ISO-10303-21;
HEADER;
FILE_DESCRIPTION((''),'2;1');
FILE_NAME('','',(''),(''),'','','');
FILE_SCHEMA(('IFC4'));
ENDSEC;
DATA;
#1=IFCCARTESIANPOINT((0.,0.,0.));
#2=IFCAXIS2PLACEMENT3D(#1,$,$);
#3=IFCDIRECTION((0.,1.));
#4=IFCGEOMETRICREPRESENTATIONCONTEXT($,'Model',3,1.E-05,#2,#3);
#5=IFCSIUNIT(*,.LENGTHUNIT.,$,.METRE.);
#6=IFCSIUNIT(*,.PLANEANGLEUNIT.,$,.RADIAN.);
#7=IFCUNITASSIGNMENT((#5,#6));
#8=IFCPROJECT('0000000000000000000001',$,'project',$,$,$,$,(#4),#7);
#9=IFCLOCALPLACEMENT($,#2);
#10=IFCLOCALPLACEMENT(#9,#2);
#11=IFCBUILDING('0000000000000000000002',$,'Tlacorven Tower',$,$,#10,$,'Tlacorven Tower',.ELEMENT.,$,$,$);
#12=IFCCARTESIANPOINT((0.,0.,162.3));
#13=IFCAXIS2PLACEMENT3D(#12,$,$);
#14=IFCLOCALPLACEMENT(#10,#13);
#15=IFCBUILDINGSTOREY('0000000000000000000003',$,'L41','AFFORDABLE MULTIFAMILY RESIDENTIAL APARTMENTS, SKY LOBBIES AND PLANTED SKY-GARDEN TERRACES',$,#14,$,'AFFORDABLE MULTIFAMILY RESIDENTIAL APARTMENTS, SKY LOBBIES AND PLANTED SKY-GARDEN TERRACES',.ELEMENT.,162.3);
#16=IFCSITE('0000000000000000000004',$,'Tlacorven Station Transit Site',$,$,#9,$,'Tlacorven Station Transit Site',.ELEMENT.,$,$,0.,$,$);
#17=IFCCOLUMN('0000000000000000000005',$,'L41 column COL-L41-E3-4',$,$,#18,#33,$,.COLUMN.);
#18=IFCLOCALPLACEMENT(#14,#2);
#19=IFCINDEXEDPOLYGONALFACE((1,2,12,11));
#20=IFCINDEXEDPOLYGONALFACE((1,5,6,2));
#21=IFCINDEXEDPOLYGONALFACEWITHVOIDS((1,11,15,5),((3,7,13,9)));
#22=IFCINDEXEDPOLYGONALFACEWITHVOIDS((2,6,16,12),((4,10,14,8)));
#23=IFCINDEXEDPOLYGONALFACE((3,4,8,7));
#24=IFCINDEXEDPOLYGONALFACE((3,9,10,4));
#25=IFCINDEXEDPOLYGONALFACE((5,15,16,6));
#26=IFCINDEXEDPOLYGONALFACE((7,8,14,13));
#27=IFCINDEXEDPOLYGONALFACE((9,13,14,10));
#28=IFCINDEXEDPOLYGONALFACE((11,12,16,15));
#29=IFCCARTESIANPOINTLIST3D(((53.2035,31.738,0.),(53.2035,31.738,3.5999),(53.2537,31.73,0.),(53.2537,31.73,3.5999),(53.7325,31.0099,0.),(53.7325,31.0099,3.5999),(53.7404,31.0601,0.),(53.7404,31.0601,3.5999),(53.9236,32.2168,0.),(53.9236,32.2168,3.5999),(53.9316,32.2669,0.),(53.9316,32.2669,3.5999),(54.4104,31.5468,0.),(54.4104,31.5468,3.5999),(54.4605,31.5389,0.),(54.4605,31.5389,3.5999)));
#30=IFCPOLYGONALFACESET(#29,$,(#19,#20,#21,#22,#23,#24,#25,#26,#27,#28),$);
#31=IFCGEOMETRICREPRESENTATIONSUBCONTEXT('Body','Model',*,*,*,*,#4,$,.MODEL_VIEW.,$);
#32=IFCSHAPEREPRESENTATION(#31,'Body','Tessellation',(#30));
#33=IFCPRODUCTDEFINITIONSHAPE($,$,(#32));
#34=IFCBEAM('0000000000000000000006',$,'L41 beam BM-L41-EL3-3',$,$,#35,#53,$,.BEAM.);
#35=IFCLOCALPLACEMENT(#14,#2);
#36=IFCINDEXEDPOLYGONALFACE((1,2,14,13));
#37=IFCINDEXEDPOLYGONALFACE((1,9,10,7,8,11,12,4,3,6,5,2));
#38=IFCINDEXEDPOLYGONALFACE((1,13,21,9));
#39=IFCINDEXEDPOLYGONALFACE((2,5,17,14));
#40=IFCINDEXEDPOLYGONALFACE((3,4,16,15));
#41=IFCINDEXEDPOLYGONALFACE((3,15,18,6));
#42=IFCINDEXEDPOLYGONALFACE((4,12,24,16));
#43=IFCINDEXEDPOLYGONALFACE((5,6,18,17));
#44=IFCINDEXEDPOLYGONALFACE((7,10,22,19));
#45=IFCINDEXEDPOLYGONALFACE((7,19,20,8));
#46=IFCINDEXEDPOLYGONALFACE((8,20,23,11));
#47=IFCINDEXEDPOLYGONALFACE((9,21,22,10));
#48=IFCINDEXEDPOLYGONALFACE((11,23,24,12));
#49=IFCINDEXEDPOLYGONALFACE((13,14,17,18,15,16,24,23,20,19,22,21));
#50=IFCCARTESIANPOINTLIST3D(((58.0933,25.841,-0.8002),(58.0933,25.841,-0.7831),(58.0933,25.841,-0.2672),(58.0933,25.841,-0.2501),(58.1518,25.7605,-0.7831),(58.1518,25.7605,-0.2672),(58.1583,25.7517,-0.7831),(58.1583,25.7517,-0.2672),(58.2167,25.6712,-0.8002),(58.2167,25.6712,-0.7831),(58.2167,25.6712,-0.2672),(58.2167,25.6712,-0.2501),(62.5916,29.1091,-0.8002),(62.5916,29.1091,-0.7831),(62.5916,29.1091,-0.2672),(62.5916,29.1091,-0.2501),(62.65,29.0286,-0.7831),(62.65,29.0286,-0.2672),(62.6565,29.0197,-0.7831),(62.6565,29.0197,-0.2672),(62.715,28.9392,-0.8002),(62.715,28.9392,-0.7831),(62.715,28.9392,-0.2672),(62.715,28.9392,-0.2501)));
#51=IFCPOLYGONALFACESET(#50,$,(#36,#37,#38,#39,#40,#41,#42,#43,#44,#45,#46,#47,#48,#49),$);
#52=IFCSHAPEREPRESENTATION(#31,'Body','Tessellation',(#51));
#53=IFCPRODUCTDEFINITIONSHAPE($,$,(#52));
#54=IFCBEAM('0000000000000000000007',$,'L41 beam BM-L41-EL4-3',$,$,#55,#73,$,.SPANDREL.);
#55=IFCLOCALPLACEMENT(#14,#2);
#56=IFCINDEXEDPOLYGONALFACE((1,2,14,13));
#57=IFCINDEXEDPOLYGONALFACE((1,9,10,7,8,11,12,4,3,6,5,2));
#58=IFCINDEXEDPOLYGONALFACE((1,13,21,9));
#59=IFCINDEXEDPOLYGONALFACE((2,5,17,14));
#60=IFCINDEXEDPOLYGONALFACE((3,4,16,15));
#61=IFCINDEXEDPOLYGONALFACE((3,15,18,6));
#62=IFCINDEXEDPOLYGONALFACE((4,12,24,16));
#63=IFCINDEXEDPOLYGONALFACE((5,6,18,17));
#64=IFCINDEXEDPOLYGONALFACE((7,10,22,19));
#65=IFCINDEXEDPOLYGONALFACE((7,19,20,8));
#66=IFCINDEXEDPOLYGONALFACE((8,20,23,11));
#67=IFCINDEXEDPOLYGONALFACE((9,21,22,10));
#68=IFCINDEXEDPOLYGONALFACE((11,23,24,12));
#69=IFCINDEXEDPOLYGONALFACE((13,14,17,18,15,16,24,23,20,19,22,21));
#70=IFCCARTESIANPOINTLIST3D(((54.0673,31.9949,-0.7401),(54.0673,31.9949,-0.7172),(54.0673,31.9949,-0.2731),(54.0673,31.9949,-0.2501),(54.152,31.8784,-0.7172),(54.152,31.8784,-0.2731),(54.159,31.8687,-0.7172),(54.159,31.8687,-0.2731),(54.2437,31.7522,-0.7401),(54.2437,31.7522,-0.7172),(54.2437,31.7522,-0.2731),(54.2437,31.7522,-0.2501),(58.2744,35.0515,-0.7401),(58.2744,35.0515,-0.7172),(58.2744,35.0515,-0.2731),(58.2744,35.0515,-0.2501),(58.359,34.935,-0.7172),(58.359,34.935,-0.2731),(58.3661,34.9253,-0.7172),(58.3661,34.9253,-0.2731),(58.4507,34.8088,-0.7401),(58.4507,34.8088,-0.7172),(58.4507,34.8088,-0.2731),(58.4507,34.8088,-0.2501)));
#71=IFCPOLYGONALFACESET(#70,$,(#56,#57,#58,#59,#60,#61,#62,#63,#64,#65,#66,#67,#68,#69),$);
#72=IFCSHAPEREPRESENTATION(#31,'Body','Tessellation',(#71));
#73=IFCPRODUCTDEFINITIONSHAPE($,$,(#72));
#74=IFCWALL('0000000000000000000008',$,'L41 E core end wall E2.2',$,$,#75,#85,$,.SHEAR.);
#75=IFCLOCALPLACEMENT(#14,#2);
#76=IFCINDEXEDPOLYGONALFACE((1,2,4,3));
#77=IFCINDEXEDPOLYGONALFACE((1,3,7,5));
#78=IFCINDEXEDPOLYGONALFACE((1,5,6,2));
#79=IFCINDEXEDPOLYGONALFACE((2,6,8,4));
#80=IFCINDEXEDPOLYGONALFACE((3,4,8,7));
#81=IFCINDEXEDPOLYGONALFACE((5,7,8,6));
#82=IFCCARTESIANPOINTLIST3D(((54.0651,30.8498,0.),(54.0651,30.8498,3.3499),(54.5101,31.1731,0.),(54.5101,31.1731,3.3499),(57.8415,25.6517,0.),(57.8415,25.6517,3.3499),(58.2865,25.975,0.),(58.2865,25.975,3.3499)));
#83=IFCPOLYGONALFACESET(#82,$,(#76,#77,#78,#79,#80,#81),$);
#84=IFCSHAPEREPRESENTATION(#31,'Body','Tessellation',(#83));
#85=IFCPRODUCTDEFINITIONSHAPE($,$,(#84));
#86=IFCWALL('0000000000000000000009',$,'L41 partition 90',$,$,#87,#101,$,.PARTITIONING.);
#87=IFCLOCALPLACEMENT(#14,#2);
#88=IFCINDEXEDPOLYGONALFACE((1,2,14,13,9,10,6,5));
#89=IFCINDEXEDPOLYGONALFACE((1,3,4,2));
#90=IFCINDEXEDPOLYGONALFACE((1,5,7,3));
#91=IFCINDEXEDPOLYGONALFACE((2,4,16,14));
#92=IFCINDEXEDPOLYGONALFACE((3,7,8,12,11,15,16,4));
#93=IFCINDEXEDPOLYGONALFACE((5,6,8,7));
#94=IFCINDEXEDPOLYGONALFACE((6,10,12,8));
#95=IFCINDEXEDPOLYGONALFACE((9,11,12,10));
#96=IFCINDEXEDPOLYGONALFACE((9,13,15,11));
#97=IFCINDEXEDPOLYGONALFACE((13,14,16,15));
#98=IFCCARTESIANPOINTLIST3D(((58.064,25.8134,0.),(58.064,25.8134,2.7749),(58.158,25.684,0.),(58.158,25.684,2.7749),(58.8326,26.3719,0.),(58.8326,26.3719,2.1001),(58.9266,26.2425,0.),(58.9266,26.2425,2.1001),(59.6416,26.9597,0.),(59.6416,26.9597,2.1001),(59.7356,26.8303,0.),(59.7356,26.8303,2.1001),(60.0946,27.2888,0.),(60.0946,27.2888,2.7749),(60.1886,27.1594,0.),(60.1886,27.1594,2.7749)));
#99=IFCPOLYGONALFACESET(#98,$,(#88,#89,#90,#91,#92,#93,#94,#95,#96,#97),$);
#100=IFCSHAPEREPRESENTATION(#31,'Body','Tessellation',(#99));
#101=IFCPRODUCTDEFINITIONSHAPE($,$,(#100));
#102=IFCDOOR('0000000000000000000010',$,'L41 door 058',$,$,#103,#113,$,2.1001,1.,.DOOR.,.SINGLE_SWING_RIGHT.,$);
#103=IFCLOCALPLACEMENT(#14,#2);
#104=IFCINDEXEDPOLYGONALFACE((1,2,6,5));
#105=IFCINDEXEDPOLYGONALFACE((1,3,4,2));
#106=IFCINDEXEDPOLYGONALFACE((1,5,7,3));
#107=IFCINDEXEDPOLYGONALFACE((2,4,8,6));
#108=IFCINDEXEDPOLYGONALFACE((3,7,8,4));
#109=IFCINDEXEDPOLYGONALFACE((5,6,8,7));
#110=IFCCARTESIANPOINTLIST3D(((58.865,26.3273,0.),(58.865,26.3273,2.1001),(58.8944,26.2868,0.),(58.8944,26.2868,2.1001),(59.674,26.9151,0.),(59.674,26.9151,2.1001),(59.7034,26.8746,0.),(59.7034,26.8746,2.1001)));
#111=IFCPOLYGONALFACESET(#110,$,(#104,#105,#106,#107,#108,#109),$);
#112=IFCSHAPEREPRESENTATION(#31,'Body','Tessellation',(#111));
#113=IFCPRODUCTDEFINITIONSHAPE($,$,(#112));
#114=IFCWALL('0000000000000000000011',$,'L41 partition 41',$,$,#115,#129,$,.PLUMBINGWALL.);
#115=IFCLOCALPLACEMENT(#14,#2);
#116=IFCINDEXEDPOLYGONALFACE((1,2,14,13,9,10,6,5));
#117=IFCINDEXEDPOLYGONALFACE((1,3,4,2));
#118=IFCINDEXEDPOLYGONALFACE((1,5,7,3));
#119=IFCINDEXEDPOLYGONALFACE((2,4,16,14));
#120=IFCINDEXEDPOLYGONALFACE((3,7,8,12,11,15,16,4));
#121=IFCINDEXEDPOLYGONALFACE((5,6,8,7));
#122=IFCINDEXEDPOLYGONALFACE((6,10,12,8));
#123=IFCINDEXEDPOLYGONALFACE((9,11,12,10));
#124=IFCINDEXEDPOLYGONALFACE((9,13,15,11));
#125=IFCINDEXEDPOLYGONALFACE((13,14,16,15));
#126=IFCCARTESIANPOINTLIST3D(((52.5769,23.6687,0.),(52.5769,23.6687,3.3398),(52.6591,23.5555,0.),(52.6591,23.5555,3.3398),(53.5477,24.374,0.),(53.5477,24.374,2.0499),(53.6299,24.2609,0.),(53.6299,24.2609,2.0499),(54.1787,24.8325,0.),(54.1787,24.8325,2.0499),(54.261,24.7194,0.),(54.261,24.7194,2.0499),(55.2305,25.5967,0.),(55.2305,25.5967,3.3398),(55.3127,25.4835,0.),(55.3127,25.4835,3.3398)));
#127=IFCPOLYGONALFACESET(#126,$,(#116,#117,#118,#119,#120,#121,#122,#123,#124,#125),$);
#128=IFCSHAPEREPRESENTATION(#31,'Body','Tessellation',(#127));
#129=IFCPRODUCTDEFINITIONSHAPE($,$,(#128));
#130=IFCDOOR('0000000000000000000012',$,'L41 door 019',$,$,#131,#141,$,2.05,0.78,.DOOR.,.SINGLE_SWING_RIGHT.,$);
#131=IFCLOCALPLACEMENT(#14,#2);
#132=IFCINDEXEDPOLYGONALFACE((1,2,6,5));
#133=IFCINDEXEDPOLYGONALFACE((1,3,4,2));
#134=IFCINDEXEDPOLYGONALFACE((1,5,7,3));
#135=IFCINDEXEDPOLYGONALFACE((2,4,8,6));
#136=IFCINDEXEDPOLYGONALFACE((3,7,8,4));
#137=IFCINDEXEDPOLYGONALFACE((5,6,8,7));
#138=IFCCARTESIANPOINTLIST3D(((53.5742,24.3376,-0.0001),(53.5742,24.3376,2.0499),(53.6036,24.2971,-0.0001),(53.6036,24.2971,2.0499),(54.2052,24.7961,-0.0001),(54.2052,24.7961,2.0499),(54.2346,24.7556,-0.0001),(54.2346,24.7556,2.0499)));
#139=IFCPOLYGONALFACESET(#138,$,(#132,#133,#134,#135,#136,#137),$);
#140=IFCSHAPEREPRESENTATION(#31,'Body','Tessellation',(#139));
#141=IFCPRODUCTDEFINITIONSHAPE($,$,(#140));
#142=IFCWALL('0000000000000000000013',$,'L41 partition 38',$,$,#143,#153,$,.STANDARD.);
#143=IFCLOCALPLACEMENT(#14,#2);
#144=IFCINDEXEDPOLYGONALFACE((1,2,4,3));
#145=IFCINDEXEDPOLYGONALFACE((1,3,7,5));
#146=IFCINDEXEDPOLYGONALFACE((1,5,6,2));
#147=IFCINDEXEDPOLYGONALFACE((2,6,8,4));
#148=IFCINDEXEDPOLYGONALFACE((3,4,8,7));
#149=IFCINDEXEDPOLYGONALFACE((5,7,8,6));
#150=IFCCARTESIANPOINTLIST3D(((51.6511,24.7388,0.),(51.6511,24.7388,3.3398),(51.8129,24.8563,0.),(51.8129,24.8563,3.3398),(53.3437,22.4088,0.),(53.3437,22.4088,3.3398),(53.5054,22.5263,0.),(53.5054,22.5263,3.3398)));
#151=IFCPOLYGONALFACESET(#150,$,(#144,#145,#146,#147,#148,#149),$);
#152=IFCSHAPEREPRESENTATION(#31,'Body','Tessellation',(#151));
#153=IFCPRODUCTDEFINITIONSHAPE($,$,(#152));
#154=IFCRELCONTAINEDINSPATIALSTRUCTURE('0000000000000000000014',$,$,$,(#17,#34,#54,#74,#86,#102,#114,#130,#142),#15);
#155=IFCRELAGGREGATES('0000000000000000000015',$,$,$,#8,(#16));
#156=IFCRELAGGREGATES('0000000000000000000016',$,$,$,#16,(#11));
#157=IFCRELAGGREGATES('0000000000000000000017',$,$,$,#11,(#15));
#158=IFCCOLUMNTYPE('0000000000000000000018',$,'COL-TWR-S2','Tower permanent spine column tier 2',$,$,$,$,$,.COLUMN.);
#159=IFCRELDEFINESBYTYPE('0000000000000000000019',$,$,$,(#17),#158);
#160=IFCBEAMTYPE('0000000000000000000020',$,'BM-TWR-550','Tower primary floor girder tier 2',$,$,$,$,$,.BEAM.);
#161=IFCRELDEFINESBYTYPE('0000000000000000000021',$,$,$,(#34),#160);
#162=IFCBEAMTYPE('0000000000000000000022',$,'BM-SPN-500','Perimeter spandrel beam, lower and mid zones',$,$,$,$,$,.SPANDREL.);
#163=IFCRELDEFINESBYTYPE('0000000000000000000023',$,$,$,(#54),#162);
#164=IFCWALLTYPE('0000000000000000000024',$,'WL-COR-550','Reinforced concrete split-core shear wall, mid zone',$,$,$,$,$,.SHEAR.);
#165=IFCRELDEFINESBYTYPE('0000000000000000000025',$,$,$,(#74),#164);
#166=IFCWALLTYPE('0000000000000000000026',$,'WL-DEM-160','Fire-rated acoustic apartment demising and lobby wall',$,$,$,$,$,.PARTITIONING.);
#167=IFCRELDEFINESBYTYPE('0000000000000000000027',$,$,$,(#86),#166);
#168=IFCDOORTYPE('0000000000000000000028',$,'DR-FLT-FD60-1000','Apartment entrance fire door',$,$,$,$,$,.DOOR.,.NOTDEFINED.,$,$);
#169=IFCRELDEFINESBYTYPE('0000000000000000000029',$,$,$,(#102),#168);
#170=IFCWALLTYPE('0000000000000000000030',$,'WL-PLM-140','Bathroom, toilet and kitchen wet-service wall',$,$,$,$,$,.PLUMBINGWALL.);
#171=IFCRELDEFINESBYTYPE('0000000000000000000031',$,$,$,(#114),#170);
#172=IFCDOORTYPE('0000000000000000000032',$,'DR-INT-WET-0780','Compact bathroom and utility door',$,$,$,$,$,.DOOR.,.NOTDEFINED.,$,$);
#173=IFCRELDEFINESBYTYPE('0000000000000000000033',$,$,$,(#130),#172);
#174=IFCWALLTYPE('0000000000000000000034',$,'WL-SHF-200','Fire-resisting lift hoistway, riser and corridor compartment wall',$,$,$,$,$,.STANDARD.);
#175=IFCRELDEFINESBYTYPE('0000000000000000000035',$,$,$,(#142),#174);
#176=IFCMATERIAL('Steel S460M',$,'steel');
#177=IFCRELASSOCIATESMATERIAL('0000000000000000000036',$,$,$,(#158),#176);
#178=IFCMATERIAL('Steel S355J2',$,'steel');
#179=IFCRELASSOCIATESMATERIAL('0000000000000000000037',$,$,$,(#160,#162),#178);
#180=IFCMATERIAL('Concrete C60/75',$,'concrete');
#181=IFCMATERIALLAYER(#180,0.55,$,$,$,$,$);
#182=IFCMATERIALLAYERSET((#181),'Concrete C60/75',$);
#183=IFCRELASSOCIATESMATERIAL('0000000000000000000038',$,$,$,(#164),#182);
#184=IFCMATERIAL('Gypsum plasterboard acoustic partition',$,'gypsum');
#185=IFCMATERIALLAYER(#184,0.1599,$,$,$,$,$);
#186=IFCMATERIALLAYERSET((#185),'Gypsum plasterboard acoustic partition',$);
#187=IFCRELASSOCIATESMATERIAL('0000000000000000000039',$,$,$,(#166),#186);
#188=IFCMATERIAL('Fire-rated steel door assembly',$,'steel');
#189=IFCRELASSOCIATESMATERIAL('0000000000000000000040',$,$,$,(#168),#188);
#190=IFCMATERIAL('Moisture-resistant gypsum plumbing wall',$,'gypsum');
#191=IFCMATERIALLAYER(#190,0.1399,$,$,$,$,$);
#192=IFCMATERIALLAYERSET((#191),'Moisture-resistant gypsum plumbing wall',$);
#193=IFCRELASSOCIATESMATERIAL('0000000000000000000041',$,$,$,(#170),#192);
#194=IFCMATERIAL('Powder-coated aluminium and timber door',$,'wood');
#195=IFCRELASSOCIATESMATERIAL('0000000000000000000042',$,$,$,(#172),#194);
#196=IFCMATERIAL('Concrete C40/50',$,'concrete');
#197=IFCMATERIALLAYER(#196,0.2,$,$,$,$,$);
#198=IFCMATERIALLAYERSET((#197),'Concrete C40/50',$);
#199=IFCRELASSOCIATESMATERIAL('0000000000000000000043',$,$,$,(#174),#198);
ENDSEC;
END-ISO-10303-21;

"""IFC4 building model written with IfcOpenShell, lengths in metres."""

from ifc_helpers import new_model, si_unit, direction, frame, frame_2d, origin, origin_2d, place, context, subcontext, project, spatial, rectangle, hollow_rectangle, i_section, extrude, source, transform, mapped, material, layer, layer_set, material_profile, profile_set, type_object, element, fill, save


model = new_model("IFC4")

# Units and contexts
model_context = context("Model", 3, precision=1e-05, world=origin(), true_north=direction((0.0, 1.0)))
body_context = subcontext(model_context, "Body", "Model", "MODEL_VIEW")
ifc_project = project(units=[si_unit("LENGTHUNIT", "METRE"), si_unit("PLANEANGLEUNIT", "RADIAN")], contexts=[model_context])

# Site, building, storey
site_placement = place(None, origin())
site = spatial("IfcSite", under=ifc_project, at=site_placement, Name="Tlacorven Station Transit Site", LongName="Tlacorven Station Transit Site", CompositionType="ELEMENT", RefElevation=0.0)
building_placement = place(site_placement, origin())
building = spatial("IfcBuilding", under=site, at=building_placement, Name="Tlacorven Tower", LongName="Tlacorven Tower", CompositionType="ELEMENT")
storey_placement = place(building_placement, frame((0.0, 0.0, 162.3)))
storey = spatial("IfcBuildingStorey", under=building, at=storey_placement, Name="L41", Description="AFFORDABLE MULTIFAMILY RESIDENTIAL APARTMENTS, SKY LOBBIES AND PLANTED SKY-GARDEN TERRACES", LongName="AFFORDABLE MULTIFAMILY RESIDENTIAL APARTMENTS, SKY LOBBIES AND PLANTED SKY-GARDEN TERRACES", CompositionType="ELEMENT", Elevation=162.3)

# Column
ifc_material_1 = material(Name="Steel S460M", Category="steel")
ifc_material_profile_1 = material_profile(ifc_material_1, hollow_rectangle(XDim=0.8999, YDim=0.8999, WallThickness=0.0359, at=origin_2d()), Name="BOX 900X900X36")
ifc_profile_set_1 = profile_set([ifc_material_profile_1], Name="Steel S460M")
column_type = type_object("IfcColumnType", Name="COL-TWR-S2", Description="Tower permanent spine column tier 2", PredefinedType="COLUMN", material=ifc_profile_set_1)
shared_shape_1 = source(origin(), body_context, "Body", "SweptSolid", [
    extrude(hollow_rectangle(XDim=0.8999, YDim=0.8999, WallThickness=0.0359, at=origin_2d()), origin(), (0.0, 0.0, 1.0), 3.5999),
])
column_placement = place(storey_placement, frame((53.832, 31.6384, 0.0), z_axis=(0.0, 0.0, 1.0), x_axis=(0.809017, 0.587785, 0.0)))
element("IfcColumn", 1, at=column_placement, inside=storey, type_object=column_type, Name="L41 column COL-L41-E3-4", PredefinedType="COLUMN", context=body_context, shape_type="MappedRepresentation", body=[
    mapped(shared_shape_1, transform((0.0, 0.0, 0.0), scale=1.0)),
])

# Beams
ifc_material_2 = material(Name="Steel S355J2", Category="steel")
ifc_material_profile_2 = material_profile(ifc_material_2, i_section(OverallWidth=0.21, OverallDepth=0.55, WebThickness=0.011, FlangeThickness=0.0171, at=origin_2d()), Name="IPE 550")
ifc_profile_set_2 = profile_set([ifc_material_profile_2], Name="Steel S355J2")
beam_type_1 = type_object("IfcBeamType", Name="BM-TWR-550", Description="Tower primary floor girder tier 2", PredefinedType="BEAM", material=ifc_profile_set_2)
shared_shape_2 = source(origin(), body_context, "Body", "SweptSolid", [
    extrude(i_section(OverallWidth=0.21, OverallDepth=0.55, WebThickness=0.011, FlangeThickness=0.0171, at=origin_2d()), origin(), (0.0, 0.0, 1.0), 5.5601),
])
beam_1_placement = place(storey_placement, frame((58.155, 25.7561, -0.5251), z_axis=(0.809028, 0.58777, 0.0), x_axis=(-0.58777, 0.809028, 0.0)))
element("IfcBeam", 2, at=beam_1_placement, inside=storey, type_object=beam_type_1, Name="L41 beam BM-L41-EL3-3", PredefinedType="BEAM", context=body_context, shape_type="MappedRepresentation", body=[
    mapped(shared_shape_2, transform((0.0, 0.0, 0.0), scale=1.0)),
])
ifc_material_profile_3 = material_profile(ifc_material_2, i_section(OverallWidth=0.3, OverallDepth=0.49, WebThickness=0.012, FlangeThickness=0.0229, at=origin_2d()), Name="HEA 500")
ifc_profile_set_3 = profile_set([ifc_material_profile_3], Name="Steel S355J2")
beam_type_2 = type_object("IfcBeamType", Name="BM-SPN-500", Description="Perimeter spandrel beam, lower and mid zones", PredefinedType="SPANDREL", material=ifc_profile_set_3)
shared_shape_3 = source(origin(), body_context, "Body", "SweptSolid", [
    extrude(i_section(OverallWidth=0.3, OverallDepth=0.49, WebThickness=0.012, FlangeThickness=0.0229, at=origin_2d()), origin(), (0.0, 0.0, 1.0), 5.2002),
])
beam_2_placement = place(storey_placement, frame((54.1555, 31.8735, -0.4951), z_axis=(0.809012, 0.587792, 0.0), x_axis=(-0.587792, 0.809012, 0.0)))
element("IfcBeam", 3, at=beam_2_placement, inside=storey, type_object=beam_type_2, Name="L41 beam BM-L41-EL4-3", PredefinedType="SPANDREL", context=body_context, shape_type="MappedRepresentation", body=[
    mapped(shared_shape_3, transform((0.0, 0.0, 0.0), scale=1.0)),
])

# Wall
ifc_material_3 = material(Name="Concrete C60/75", Category="concrete")
ifc_layer_1 = layer(ifc_material_3, 0.55)
ifc_layer_set_1 = layer_set([ifc_layer_1], Name="Concrete C60/75")
wall_type_1 = type_object("IfcWallType", Name="WL-COR-550", Description="Reinforced concrete split-core shear wall, mid zone", PredefinedType="SHEAR", material=ifc_layer_set_1)
wall_1_placement = place(storey_placement, frame((58.064, 25.8135, 0.0), z_axis=(0.0, 0.0, 1.0), x_axis=(-0.587765, 0.809032, 0.0)))
element("IfcWall", 4, at=wall_1_placement, inside=storey, type_object=wall_type_1, Name="L41 E core end wall E2.2", PredefinedType="SHEAR", context=body_context, shape_type="SweptSolid", body=[
    extrude(rectangle(XDim=6.425, YDim=0.55, at=frame_2d((3.2124, 0.0))), origin(), (0.0, 0.0, 1.0), 3.3499),
])

# Walls, openings, doors
ifc_material_4 = material(Name="Gypsum plasterboard acoustic partition", Category="gypsum")
ifc_layer_2 = layer(ifc_material_4, 0.1599)
ifc_layer_set_2 = layer_set([ifc_layer_2], Name="Gypsum plasterboard acoustic partition")
wall_type_2 = type_object("IfcWallType", Name="WL-DEM-160", Description="Fire-rated acoustic apartment demising and lobby wall", PredefinedType="PARTITIONING", material=ifc_layer_set_2)
wall_2_placement = place(storey_placement, frame((58.1111, 25.7488, 0.0), z_axis=(0.0, 0.0, 1.0), x_axis=(0.809001, 0.587807, 0.0)))
wall_2 = element("IfcWall", 5, at=wall_2_placement, inside=storey, type_object=wall_type_2, Name="L41 partition 90", PredefinedType="PARTITIONING", context=body_context, shape_type="SweptSolid", body=[
    extrude(rectangle(XDim=2.51, YDim=0.1599, at=frame_2d((1.2549, 0.0))), origin(), (0.0, 0.0, 1.0), 2.7749),
])
opening_1_placement = place(wall_2_placement, frame((0.95, 0.0, 0.0)))
opening_1 = element("IfcOpeningElement", 6, at=opening_1_placement, cuts=wall_2, PredefinedType="OPENING", context=body_context, shape_type="SweptSolid", body=[
    extrude(rectangle(XDim=1.0, YDim=2.1001, at=frame_2d((0.5, 1.05))), frame((0.0, 0.0898, 0.0), z_axis=(0.0, -1.0, 0.0), x_axis=(1.0, 0.0, 0.0)), (0.0, 0.0, 1.0), 0.1799),
])
ifc_material_5 = material(Name="Fire-rated steel door assembly", Category="steel")
door_type_1 = type_object("IfcDoorType", Name="DR-FLT-FD60-1000", Description="Apartment entrance fire door", OperationType="NOTDEFINED", PredefinedType="DOOR", material=ifc_material_5)
shared_shape_4 = source(origin(), body_context, "Body", "SweptSolid", [
    extrude(rectangle(XDim=1.0, YDim=2.1001, at=frame_2d((0.5, 1.05))), frame((0.0, 0.0249, 0.0), z_axis=(0.0, -1.0, 0.0), x_axis=(1.0, 0.0, 0.0)), (0.0, 0.0, 1.0), 0.05),
])
door_1_placement = place(opening_1_placement, origin())
door_1 = element("IfcDoor", 7, at=door_1_placement, inside=storey, type_object=door_type_1, Name="L41 door 058", OperationType="SINGLE_SWING_RIGHT", OverallHeight=2.1001, OverallWidth=1.0, PredefinedType="DOOR", context=body_context, shape_type="MappedRepresentation", body=[
    mapped(shared_shape_4, transform((0.0, 0.0, 0.0), scale=1.0)),
])
fill(opening_1, door_1)
ifc_material_6 = material(Name="Moisture-resistant gypsum plumbing wall", Category="gypsum")
ifc_layer_3 = layer(ifc_material_6, 0.1399)
ifc_layer_set_3 = layer_set([ifc_layer_3], Name="Moisture-resistant gypsum plumbing wall")
wall_type_3 = type_object("IfcWallType", Name="WL-PLM-140", Description="Bathroom, toilet and kitchen wet-service wall", PredefinedType="PLUMBINGWALL", material=ifc_layer_set_3)
wall_3_placement = place(storey_placement, frame((52.6179, 23.6121, 0.0), z_axis=(0.0, 0.0, 1.0), x_axis=(0.80901, 0.587795, 0.0)))
wall_3 = element("IfcWall", 8, at=wall_3_placement, inside=storey, type_object=wall_type_3, Name="L41 partition 41", PredefinedType="PLUMBINGWALL", context=body_context, shape_type="SweptSolid", body=[
    extrude(rectangle(XDim=3.28, YDim=0.1399, at=frame_2d((1.6401, 0.0))), origin(), (0.0, 0.0, 1.0), 3.3398),
])
opening_2_placement = place(wall_3_placement, frame((1.2, 0.0, 0.0)))
opening_2 = element("IfcOpeningElement", 9, at=opening_2_placement, cuts=wall_3, PredefinedType="OPENING", context=body_context, shape_type="SweptSolid", body=[
    extrude(rectangle(XDim=0.78, YDim=2.05, at=frame_2d((0.3901, 1.0249))), frame((0.0, 0.0801, 0.0), z_axis=(0.0, -1.0, 0.0), x_axis=(1.0, 0.0, 0.0)), (0.0, 0.0, 1.0), 0.1599),
])
ifc_material_7 = material(Name="Powder-coated aluminium and timber door", Category="wood")
door_type_2 = type_object("IfcDoorType", Name="DR-INT-WET-0780", Description="Compact bathroom and utility door", OperationType="NOTDEFINED", PredefinedType="DOOR", material=ifc_material_7)
shared_shape_5 = source(origin(), body_context, "Body", "SweptSolid", [
    extrude(rectangle(XDim=0.78, YDim=2.05, at=frame_2d((0.3901, 1.0249))), frame((0.0, 0.0249, 0.0), z_axis=(0.0, -1.0, 0.0), x_axis=(1.0, 0.0, 0.0)), (0.0, 0.0, 1.0), 0.05),
])
door_2_placement = place(opening_2_placement, origin())
door_2 = element("IfcDoor", 10, at=door_2_placement, inside=storey, type_object=door_type_2, Name="L41 door 019", OperationType="SINGLE_SWING_RIGHT", OverallHeight=2.05, OverallWidth=0.78, PredefinedType="DOOR", context=body_context, shape_type="MappedRepresentation", body=[
    mapped(shared_shape_5, transform((0.0, 0.0, 0.0), scale=1.0)),
])
fill(opening_2, door_2)

# Shared definitions
ifc_material_8 = material(Name="Concrete C40/50", Category="concrete")
ifc_layer_4 = layer(ifc_material_8, 0.2)
ifc_layer_set_4 = layer_set([ifc_layer_4], Name="Concrete C40/50")
wall_type_4 = type_object("IfcWallType", Name="WL-SHF-200", Description="Fire-resisting lift hoistway, riser and corridor compartment wall", PredefinedType="STANDARD", material=ifc_layer_set_4)

# Wall
wall_4_placement = place(storey_placement, frame((53.4246, 22.4675, 0.0), z_axis=(0.0, 0.0, 1.0), x_axis=(-0.587723, 0.809062, 0.0)))
element("IfcWall", 11, at=wall_4_placement, inside=storey, type_object=wall_type_4, Name="L41 partition 38", PredefinedType="STANDARD", context=body_context, shape_type="SweptSolid", body=[
    extrude(rectangle(XDim=2.8799, YDim=0.2, at=frame_2d((1.4399, 0.0))), origin(), (0.0, 0.0, 1.0), 3.3398),
])

save(model, "model.ifc")
